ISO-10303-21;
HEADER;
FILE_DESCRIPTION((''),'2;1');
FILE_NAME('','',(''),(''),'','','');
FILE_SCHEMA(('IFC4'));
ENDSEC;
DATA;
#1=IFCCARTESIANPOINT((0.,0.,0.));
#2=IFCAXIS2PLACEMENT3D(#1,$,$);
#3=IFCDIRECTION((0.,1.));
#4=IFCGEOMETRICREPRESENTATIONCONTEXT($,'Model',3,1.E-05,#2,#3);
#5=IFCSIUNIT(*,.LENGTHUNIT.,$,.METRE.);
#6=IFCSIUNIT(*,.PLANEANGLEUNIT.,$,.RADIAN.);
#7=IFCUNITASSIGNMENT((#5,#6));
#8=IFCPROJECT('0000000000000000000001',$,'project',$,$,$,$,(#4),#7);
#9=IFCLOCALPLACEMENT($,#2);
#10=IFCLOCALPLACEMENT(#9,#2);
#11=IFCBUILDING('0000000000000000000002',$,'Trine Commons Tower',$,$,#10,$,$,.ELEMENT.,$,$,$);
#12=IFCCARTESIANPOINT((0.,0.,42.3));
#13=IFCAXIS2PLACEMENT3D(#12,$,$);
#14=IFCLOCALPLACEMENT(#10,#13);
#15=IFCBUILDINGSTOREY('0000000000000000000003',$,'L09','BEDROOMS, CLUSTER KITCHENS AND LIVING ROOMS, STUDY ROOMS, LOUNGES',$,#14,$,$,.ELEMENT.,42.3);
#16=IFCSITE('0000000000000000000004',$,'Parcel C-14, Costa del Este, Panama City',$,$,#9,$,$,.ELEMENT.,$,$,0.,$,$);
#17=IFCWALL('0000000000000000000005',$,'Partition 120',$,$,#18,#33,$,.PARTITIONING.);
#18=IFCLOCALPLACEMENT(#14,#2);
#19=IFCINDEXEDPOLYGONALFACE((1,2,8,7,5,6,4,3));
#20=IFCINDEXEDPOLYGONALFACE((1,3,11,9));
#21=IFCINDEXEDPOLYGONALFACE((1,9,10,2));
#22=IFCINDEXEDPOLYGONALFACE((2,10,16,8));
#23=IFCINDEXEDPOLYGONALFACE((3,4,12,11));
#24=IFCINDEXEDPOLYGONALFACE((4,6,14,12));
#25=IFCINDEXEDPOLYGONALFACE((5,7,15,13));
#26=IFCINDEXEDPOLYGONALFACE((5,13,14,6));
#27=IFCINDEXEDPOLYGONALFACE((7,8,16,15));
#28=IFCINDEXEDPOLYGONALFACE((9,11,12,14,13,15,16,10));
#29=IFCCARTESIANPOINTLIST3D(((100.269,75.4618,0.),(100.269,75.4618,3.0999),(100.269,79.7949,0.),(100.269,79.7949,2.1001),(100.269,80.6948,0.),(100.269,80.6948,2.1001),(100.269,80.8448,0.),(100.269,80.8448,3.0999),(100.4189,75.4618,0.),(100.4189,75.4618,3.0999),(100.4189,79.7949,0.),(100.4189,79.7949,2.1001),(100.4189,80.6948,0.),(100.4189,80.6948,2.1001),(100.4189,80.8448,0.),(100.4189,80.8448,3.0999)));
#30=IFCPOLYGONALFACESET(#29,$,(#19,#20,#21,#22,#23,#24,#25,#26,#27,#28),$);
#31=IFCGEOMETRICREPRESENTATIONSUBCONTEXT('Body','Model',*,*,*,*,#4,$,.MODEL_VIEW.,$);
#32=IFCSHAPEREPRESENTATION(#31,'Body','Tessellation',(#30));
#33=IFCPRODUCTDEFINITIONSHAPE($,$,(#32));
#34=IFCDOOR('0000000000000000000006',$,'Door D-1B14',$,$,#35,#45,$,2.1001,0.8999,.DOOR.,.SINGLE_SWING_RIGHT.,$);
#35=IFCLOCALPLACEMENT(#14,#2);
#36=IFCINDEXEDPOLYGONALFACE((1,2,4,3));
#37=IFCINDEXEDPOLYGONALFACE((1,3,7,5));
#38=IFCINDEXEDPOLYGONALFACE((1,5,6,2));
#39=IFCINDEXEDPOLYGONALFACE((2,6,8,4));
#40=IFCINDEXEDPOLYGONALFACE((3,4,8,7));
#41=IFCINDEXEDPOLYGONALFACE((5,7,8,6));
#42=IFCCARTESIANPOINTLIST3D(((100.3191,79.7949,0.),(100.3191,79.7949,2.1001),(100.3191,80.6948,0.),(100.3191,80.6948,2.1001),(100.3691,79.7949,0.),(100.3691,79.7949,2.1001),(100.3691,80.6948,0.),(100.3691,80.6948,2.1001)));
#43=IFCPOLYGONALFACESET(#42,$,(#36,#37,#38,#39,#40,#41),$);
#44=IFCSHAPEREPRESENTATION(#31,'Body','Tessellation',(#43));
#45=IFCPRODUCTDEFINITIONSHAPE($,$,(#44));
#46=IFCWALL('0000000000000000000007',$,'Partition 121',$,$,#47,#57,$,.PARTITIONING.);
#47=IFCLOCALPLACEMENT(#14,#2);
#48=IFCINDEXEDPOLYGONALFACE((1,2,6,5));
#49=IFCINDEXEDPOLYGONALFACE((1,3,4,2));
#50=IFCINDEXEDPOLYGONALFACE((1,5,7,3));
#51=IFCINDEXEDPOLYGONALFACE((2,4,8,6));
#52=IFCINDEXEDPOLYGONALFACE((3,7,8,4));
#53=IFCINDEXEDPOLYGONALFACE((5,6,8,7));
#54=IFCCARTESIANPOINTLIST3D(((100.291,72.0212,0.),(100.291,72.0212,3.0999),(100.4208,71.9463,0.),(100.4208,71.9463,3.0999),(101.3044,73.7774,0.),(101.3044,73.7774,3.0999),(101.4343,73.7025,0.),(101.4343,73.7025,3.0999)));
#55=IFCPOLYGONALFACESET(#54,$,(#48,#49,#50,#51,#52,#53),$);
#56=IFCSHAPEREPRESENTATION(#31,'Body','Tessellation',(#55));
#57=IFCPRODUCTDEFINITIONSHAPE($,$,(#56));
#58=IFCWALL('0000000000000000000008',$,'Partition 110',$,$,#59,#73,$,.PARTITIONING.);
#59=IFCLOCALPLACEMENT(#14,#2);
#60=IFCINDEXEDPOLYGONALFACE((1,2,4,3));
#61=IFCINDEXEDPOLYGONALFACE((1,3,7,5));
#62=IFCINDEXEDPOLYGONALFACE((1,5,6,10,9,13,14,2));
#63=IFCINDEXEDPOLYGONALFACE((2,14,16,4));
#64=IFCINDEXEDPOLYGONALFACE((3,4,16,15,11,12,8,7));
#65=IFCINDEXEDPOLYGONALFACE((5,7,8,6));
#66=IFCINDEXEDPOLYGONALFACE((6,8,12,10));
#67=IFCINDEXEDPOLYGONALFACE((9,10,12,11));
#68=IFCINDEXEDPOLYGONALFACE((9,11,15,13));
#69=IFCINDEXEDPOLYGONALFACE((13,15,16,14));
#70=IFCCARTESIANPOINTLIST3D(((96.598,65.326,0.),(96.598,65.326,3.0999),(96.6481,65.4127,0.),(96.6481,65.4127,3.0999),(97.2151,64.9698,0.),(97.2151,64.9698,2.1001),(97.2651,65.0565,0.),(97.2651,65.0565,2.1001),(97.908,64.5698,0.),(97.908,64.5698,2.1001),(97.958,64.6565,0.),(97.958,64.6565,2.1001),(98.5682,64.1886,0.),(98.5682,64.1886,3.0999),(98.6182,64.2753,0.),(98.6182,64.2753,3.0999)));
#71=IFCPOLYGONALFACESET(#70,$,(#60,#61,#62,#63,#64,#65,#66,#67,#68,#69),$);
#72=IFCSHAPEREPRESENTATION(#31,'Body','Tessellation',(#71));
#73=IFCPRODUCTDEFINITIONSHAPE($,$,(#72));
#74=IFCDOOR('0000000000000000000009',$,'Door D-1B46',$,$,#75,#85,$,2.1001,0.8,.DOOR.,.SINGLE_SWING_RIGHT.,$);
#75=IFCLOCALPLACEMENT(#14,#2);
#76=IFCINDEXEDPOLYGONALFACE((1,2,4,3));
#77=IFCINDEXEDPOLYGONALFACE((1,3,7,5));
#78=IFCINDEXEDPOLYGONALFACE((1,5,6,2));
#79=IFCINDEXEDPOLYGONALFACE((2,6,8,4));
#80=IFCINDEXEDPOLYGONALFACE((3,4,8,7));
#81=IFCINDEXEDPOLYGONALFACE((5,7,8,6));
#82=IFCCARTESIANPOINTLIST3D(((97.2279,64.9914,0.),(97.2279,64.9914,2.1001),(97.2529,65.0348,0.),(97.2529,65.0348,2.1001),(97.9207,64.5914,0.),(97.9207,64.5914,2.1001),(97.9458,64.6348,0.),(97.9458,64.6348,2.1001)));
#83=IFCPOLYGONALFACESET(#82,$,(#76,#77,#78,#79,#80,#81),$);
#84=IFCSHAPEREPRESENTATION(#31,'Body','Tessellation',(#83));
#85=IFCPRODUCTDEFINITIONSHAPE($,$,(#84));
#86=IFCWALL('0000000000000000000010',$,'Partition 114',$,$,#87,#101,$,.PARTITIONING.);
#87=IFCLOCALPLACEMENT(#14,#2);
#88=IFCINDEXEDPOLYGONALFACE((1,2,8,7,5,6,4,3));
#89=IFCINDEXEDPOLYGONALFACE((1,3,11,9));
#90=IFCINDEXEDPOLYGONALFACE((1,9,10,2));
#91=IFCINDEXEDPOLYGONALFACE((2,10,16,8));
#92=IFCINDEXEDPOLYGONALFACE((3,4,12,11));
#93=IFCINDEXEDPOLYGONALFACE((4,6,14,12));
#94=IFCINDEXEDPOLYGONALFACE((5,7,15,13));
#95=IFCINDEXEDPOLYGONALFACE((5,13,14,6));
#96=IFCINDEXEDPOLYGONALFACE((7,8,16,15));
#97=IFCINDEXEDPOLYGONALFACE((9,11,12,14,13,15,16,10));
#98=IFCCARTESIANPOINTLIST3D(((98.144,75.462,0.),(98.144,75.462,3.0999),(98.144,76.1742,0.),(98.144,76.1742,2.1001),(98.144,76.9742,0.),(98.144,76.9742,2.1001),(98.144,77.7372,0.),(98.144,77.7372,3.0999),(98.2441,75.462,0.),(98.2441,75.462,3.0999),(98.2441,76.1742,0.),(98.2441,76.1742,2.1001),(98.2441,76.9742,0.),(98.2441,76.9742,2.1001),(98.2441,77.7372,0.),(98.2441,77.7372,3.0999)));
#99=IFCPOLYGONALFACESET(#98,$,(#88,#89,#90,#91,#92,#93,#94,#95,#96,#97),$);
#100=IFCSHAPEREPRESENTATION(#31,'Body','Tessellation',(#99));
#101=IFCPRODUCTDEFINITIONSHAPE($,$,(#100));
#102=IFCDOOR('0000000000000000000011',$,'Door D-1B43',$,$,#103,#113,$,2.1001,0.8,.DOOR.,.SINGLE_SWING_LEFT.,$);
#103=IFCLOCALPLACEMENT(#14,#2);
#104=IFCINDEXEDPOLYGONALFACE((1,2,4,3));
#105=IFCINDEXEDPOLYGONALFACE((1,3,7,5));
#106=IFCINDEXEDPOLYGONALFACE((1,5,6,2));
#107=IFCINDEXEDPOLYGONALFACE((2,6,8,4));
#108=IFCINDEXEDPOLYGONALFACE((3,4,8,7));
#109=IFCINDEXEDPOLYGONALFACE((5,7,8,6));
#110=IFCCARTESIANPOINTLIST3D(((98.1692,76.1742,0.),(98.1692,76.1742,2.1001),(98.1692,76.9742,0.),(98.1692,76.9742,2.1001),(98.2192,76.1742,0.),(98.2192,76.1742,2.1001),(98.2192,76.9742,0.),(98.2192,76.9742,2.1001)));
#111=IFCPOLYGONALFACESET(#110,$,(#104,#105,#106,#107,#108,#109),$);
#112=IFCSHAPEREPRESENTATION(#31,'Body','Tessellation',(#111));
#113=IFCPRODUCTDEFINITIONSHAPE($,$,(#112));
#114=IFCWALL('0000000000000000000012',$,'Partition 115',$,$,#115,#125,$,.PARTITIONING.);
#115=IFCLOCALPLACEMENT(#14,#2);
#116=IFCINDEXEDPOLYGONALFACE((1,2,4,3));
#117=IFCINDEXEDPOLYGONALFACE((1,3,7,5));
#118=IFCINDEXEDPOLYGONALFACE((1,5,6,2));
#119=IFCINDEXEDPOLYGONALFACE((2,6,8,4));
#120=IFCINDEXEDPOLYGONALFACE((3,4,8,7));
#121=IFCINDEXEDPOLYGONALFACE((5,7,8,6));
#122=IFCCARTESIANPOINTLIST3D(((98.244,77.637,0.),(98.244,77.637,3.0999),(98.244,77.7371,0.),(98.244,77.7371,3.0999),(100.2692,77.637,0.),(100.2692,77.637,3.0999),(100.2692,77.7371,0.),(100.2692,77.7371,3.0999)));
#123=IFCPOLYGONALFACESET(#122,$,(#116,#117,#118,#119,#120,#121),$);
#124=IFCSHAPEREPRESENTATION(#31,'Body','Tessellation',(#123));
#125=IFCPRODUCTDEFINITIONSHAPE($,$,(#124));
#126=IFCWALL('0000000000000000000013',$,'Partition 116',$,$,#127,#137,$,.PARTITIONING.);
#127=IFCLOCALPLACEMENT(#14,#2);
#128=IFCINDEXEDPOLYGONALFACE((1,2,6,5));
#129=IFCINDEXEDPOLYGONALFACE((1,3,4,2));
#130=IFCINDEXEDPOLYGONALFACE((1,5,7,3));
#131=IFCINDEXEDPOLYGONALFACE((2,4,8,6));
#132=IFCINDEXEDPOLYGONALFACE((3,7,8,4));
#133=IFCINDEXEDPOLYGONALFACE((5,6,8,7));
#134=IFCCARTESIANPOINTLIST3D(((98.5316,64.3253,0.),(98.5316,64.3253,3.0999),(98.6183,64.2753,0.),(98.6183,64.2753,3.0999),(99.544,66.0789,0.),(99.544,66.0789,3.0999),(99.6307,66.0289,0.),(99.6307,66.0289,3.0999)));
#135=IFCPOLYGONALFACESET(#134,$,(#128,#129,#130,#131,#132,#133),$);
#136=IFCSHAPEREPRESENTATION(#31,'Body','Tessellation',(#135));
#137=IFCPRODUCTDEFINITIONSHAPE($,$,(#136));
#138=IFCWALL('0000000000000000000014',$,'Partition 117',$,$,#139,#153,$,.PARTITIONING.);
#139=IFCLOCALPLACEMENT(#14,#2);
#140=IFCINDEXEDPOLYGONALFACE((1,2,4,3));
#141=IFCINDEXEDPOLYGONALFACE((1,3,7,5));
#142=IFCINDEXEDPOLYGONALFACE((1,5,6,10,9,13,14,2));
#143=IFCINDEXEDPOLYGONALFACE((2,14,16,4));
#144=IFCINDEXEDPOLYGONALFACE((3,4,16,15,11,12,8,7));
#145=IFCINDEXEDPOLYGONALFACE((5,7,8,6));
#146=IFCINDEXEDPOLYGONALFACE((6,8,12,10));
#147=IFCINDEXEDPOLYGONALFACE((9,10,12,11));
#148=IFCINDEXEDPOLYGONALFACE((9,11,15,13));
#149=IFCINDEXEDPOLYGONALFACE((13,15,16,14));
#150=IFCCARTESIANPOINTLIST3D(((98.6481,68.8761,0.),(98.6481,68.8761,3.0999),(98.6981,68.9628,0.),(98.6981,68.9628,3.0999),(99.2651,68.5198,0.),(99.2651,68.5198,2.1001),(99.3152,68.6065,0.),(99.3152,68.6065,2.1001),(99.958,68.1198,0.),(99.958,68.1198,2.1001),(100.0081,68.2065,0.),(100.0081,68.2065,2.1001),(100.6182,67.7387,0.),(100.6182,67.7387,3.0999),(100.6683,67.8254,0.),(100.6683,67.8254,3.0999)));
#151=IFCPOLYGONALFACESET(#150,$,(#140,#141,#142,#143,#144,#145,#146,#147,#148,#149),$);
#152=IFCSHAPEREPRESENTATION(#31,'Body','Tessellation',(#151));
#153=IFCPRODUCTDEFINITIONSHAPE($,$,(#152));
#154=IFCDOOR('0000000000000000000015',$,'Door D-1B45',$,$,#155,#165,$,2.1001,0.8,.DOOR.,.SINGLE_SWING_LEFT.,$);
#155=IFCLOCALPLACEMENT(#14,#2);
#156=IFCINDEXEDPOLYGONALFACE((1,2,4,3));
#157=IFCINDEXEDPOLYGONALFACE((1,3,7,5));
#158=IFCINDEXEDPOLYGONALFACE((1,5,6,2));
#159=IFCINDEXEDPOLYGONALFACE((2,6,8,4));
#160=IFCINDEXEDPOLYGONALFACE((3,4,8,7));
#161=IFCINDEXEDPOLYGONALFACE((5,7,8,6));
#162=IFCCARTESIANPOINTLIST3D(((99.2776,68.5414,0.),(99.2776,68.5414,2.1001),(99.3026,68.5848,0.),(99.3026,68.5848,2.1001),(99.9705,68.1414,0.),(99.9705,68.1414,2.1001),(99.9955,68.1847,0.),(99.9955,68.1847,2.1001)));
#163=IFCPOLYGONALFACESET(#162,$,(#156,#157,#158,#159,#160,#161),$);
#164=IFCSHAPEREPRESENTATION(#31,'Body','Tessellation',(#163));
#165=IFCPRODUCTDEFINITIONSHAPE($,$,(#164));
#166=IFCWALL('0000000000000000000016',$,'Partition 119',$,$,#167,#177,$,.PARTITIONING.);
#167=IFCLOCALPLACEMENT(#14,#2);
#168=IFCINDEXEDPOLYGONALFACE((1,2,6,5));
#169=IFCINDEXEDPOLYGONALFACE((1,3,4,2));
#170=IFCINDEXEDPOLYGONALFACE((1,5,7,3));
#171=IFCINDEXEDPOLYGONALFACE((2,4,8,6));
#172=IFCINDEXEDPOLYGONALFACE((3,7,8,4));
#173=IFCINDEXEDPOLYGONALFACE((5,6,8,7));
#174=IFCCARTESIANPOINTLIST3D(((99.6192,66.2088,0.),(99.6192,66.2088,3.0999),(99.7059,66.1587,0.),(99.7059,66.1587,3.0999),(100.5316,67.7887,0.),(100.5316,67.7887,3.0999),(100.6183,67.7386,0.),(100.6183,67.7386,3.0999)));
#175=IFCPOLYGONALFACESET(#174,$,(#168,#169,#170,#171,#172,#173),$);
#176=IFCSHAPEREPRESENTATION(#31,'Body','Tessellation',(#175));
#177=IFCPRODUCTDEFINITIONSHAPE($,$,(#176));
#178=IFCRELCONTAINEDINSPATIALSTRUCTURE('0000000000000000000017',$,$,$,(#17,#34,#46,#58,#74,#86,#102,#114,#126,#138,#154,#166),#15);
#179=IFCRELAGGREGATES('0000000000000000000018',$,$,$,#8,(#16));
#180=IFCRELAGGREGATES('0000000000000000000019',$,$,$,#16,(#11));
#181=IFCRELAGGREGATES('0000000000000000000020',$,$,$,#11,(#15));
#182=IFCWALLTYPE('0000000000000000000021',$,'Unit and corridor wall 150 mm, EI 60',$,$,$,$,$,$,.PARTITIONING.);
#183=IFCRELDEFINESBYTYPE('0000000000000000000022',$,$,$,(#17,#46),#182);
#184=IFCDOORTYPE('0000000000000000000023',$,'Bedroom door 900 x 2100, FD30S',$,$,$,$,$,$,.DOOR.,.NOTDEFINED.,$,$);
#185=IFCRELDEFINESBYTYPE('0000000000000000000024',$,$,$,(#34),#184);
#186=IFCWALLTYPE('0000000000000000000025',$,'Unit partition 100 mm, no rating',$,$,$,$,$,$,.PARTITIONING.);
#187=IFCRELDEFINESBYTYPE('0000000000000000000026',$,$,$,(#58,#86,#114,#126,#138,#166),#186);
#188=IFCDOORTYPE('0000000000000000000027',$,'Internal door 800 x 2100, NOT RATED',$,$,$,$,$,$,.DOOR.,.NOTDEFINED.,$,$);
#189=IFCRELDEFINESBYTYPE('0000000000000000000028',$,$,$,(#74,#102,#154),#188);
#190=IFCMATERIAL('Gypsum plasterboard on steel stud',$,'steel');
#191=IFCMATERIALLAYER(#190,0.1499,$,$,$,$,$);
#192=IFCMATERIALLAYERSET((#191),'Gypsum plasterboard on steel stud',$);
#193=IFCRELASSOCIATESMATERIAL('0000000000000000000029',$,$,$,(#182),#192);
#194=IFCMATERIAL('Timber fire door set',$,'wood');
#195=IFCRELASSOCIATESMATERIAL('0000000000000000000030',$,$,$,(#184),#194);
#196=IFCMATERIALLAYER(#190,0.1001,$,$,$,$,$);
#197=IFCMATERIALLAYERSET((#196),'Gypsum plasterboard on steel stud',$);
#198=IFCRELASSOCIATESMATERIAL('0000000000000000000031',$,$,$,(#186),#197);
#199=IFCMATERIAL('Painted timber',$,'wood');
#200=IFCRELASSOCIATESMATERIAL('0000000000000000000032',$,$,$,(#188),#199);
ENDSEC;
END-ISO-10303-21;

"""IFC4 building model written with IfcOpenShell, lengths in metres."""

from ifc_helpers import new_model, si_unit, direction, frame, frame_2d, origin, place, context, subcontext, project, spatial, rectangle, extrude, material, layer, layer_set, type_object, element, fill, save


model = new_model("IFC4")

# Units and contexts
model_context = context("Model", 3, precision=1e-05, world=origin(), true_north=direction((0.0, 1.0)))
body_context = subcontext(model_context, "Body", "Model", "MODEL_VIEW")
ifc_project = project(units=[si_unit("LENGTHUNIT", "METRE"), si_unit("PLANEANGLEUNIT", "RADIAN")], contexts=[model_context])

# Site, building, storey
site_placement = place(None, origin())
site = spatial("IfcSite", under=ifc_project, at=site_placement, Name="Parcel C-14, Costa del Este, Panama City", CompositionType="ELEMENT", RefElevation=0.0)
building_placement = place(site_placement, origin())
building = spatial("IfcBuilding", under=site, at=building_placement, Name="Trine Commons Tower", CompositionType="ELEMENT")
storey_placement = place(building_placement, frame((0.0, 0.0, 42.3)))
storey = spatial("IfcBuildingStorey", under=building, at=storey_placement, Name="L09", Description="BEDROOMS, CLUSTER KITCHENS AND LIVING ROOMS, STUDY ROOMS, LOUNGES", CompositionType="ELEMENT", Elevation=42.3)

# Shared definitions
ifc_material_1 = material(Name="Gypsum plasterboard on steel stud", Category="steel")
ifc_layer_1 = layer(ifc_material_1, 0.1499)
ifc_layer_set_1 = layer_set([ifc_layer_1], Name="Gypsum plasterboard on steel stud")
wall_type_1 = type_object("IfcWallType", Name="Unit and corridor wall 150 mm, EI 60", PredefinedType="PARTITIONING", material=ifc_layer_set_1)

# Shared definitions
ifc_material_2 = material(Name="Timber fire door set", Category="wood")
ifc_material_3 = material(Name="Painted timber", Category="wood")

# Shared definitions
door_type_1 = type_object("IfcDoorType", Name="Bedroom door 900 x 2100, FD30S", OperationType="NOTDEFINED", PredefinedType="DOOR", material=ifc_material_2)

# Wall, opening, door
wall_1_placement = place(storey_placement, frame((100.344, 75.4619, 0.0), z_axis=(0.0, 0.0, 1.0), x_axis=(0.0, 1.0, 0.0)))
wall_1 = element("IfcWall", 1, at=wall_1_placement, inside=storey, type_object=wall_type_1, Name="Partition 120", PredefinedType="PARTITIONING", context=body_context, shape_type="SweptSolid", body=[
    extrude(rectangle(XDim=5.3831, YDim=0.1499, at=frame_2d((2.6914, 0.0))), origin(), (0.0, 0.0, 1.0), 3.0999),
])
opening_1_placement = place(wall_1_placement, frame((4.333, 0.0, 0.0)))
opening_1 = element("IfcOpeningElement", 2, at=opening_1_placement, cuts=wall_1, PredefinedType="OPENING", context=body_context, shape_type="SweptSolid", body=[
    extrude(rectangle(XDim=0.8999, YDim=2.1001, at=frame_2d((0.45, 1.05))), frame((0.0, 0.085, 0.0), z_axis=(0.0, -1.0, 0.0), x_axis=(1.0, 0.0, 0.0)), (0.0, 0.0, 1.0), 0.1699),
])
door_1_placement = place(opening_1_placement, origin())
door_1 = element("IfcDoor", 3, at=door_1_placement, inside=storey, type_object=door_type_1, Name="Door D-1B14", OperationType="SINGLE_SWING_RIGHT", OverallHeight=2.1001, OverallWidth=0.8999, PredefinedType="DOOR", context=body_context, shape_type="SweptSolid", body=[
    extrude(rectangle(XDim=0.8999, YDim=2.1001, at=frame_2d((0.45, 1.05))), frame((0.0, 0.0249, 0.0), z_axis=(0.0, -1.0, 0.0), x_axis=(1.0, 0.0, 0.0)), (0.0, 0.0, 1.0), 0.05),
])
fill(opening_1, door_1)

# Wall
wall_2_placement = place(storey_placement, frame((100.356, 71.9839, 0.0), z_axis=(0.0, 0.0, 1.0), x_axis=(0.49983, 0.866123, 0.0)))
element("IfcWall", 4, at=wall_2_placement, inside=storey, type_object=wall_type_1, Name="Partition 121", PredefinedType="PARTITIONING", context=body_context, shape_type="SweptSolid", body=[
    extrude(rectangle(XDim=2.0276, YDim=0.1499, at=frame_2d((1.0137, 0.0))), origin(), (0.0, 0.0, 1.0), 3.0999),
])

# Walls, openings, doors
ifc_layer_2 = layer(ifc_material_1, 0.1001)
ifc_layer_set_2 = layer_set([ifc_layer_2], Name="Gypsum plasterboard on steel stud")
wall_type_2 = type_object("IfcWallType", Name="Unit partition 100 mm, no rating", PredefinedType="PARTITIONING", material=ifc_layer_set_2)
wall_3_placement = place(storey_placement, frame((96.623, 65.3694, 0.0), z_axis=(0.0, 0.0, 1.0), x_axis=(0.866035, -0.499983, 0.0)))
wall_3 = element("IfcWall", 5, at=wall_3_placement, inside=storey, type_object=wall_type_2, Name="Partition 110", PredefinedType="PARTITIONING", context=body_context, shape_type="SweptSolid", body=[
    extrude(rectangle(XDim=2.2749, YDim=0.1001, at=frame_2d((1.1375, 0.0))), origin(), (0.0, 0.0, 1.0), 3.0999),
])
opening_2_placement = place(wall_3_placement, frame((0.7126, 0.0, 0.0)))
opening_2 = element("IfcOpeningElement", 6, at=opening_2_placement, cuts=wall_3, PredefinedType="OPENING", context=body_context, shape_type="SweptSolid", body=[
    extrude(rectangle(XDim=0.8, YDim=2.1001, at=frame_2d((0.3999, 1.05))), frame((0.0, 0.0601, 0.0), z_axis=(0.0, -1.0, 0.0), x_axis=(1.0, 0.0, 0.0)), (0.0, 0.0, 1.0), 0.1201),
])
door_type_2 = type_object("IfcDoorType", Name="Internal door 800 x 2100, NOT RATED", OperationType="NOTDEFINED", PredefinedType="DOOR", material=ifc_material_3)
door_2_placement = place(opening_2_placement, frame((0.8, 0.0, 0.0), z_axis=(0.0, 0.0, 1.0), x_axis=(-1.0, 0.0, 0.0)))
door_2 = element("IfcDoor", 7, at=door_2_placement, inside=storey, type_object=door_type_2, Name="Door D-1B46", OperationType="SINGLE_SWING_RIGHT", OverallHeight=2.1001, OverallWidth=0.8, PredefinedType="DOOR", context=body_context, shape_type="SweptSolid", body=[
    extrude(rectangle(XDim=0.8, YDim=2.1001, at=frame_2d((0.3999, 1.05))), frame((0.0, 0.0249, 0.0), z_axis=(0.0, -1.0, 0.0), x_axis=(1.0, 0.0, 0.0)), (0.0, 0.0, 1.0), 0.05),
])
fill(opening_2, door_2)
wall_4_placement = place(storey_placement, frame((98.1941, 75.4619, 0.0), z_axis=(0.0, 0.0, 1.0), x_axis=(0.0, 1.0, 0.0)))
wall_4 = element("IfcWall", 8, at=wall_4_placement, inside=storey, type_object=wall_type_2, Name="Partition 114", PredefinedType="PARTITIONING", context=body_context, shape_type="SweptSolid", body=[
    extrude(rectangle(XDim=2.2751, YDim=0.1001, at=frame_2d((1.1377, 0.0))), origin(), (0.0, 0.0, 1.0), 3.0999),
])
opening_3_placement = place(wall_4_placement, frame((0.7124, 0.0, 0.0)))
opening_3 = element("IfcOpeningElement", 9, at=opening_3_placement, cuts=wall_4, PredefinedType="OPENING", context=body_context, shape_type="SweptSolid", body=[
    extrude(rectangle(XDim=0.8, YDim=2.1001, at=frame_2d((0.3999, 1.05))), frame((0.0, 0.0601, 0.0), z_axis=(0.0, -1.0, 0.0), x_axis=(1.0, 0.0, 0.0)), (0.0, 0.0, 1.0), 0.1201),
])
door_3_placement = place(opening_3_placement, origin())
door_3 = element("IfcDoor", 10, at=door_3_placement, inside=storey, type_object=door_type_2, Name="Door D-1B43", OperationType="SINGLE_SWING_LEFT", OverallHeight=2.1001, OverallWidth=0.8, PredefinedType="DOOR", context=body_context, shape_type="SweptSolid", body=[
    extrude(rectangle(XDim=0.8, YDim=2.1001, at=frame_2d((0.3999, 1.05))), frame((0.0, 0.0249, 0.0), z_axis=(0.0, -1.0, 0.0), x_axis=(1.0, 0.0, 0.0)), (0.0, 0.0, 1.0), 0.05),
])
fill(opening_3, door_3)

# Walls
wall_5_placement = place(storey_placement, frame((98.2439, 77.687, 0.0), z_axis=(0.0, 0.0, 1.0), x_axis=(1.0, 0.0, 0.0)))
element("IfcWall", 11, at=wall_5_placement, inside=storey, type_object=wall_type_2, Name="Partition 115", PredefinedType="PARTITIONING", context=body_context, shape_type="SweptSolid", body=[
    extrude(rectangle(XDim=2.0251, YDim=0.1001, at=frame_2d((1.0127, 0.0))), origin(), (0.0, 0.0, 1.0), 3.0999),
])
wall_6_placement = place(storey_placement, frame((98.575, 64.3003, 0.0), z_axis=(0.0, 0.0, 1.0), x_axis=(0.49999, 0.866031, 0.0)))
element("IfcWall", 12, at=wall_6_placement, inside=storey, type_object=wall_type_2, Name="Partition 116", PredefinedType="PARTITIONING", context=body_context, shape_type="SweptSolid", body=[
    extrude(rectangle(XDim=2.0249, YDim=0.1001, at=frame_2d((1.0125, 0.0))), origin(), (0.0, 0.0, 1.0), 3.0999),
])

# Wall, opening, door
wall_7_placement = place(storey_placement, frame((98.6731, 68.9194, 0.0), z_axis=(0.0, 0.0, 1.0), x_axis=(0.866035, -0.499983, 0.0)))
wall_7 = element("IfcWall", 13, at=wall_7_placement, inside=storey, type_object=wall_type_2, Name="Partition 117", PredefinedType="PARTITIONING", context=body_context, shape_type="SweptSolid", body=[
    extrude(rectangle(XDim=2.2749, YDim=0.1001, at=frame_2d((1.1375, 0.0))), origin(), (0.0, 0.0, 1.0), 3.0999),
])
opening_4_placement = place(wall_7_placement, frame((0.7126, 0.0, 0.0)))
opening_4 = element("IfcOpeningElement", 14, at=opening_4_placement, cuts=wall_7, PredefinedType="OPENING", context=body_context, shape_type="SweptSolid", body=[
    extrude(rectangle(XDim=0.8, YDim=2.1001, at=frame_2d((0.3999, 1.05))), frame((0.0, 0.0601, 0.0), z_axis=(0.0, -1.0, 0.0), x_axis=(1.0, 0.0, 0.0)), (0.0, 0.0, 1.0), 0.1201),
])
door_4_placement = place(opening_4_placement, origin())
door_4 = element("IfcDoor", 15, at=door_4_placement, inside=storey, type_object=door_type_2, Name="Door D-1B45", OperationType="SINGLE_SWING_LEFT", OverallHeight=2.1001, OverallWidth=0.8, PredefinedType="DOOR", context=body_context, shape_type="SweptSolid", body=[
    extrude(rectangle(XDim=0.8, YDim=2.1001, at=frame_2d((0.3999, 1.05))), frame((0.0, 0.0249, 0.0), z_axis=(0.0, -1.0, 0.0), x_axis=(1.0, 0.0, 0.0)), (0.0, 0.0, 1.0), 0.05),
])
fill(opening_4, door_4)

# Wall
wall_8_placement = place(storey_placement, frame((99.6626, 66.1838, 0.0), z_axis=(0.0, 0.0, 1.0), x_axis=(0.500097, 0.865969, 0.0)))
element("IfcWall", 16, at=wall_8_placement, inside=storey, type_object=wall_type_2, Name="Partition 119", PredefinedType="PARTITIONING", context=body_context, shape_type="SweptSolid", body=[
    extrude(rectangle(XDim=1.8245, YDim=0.1001, at=frame_2d((0.9121, 0.0))), origin(), (0.0, 0.0, 1.0), 3.0999),
])

save(model, "model.ifc")
